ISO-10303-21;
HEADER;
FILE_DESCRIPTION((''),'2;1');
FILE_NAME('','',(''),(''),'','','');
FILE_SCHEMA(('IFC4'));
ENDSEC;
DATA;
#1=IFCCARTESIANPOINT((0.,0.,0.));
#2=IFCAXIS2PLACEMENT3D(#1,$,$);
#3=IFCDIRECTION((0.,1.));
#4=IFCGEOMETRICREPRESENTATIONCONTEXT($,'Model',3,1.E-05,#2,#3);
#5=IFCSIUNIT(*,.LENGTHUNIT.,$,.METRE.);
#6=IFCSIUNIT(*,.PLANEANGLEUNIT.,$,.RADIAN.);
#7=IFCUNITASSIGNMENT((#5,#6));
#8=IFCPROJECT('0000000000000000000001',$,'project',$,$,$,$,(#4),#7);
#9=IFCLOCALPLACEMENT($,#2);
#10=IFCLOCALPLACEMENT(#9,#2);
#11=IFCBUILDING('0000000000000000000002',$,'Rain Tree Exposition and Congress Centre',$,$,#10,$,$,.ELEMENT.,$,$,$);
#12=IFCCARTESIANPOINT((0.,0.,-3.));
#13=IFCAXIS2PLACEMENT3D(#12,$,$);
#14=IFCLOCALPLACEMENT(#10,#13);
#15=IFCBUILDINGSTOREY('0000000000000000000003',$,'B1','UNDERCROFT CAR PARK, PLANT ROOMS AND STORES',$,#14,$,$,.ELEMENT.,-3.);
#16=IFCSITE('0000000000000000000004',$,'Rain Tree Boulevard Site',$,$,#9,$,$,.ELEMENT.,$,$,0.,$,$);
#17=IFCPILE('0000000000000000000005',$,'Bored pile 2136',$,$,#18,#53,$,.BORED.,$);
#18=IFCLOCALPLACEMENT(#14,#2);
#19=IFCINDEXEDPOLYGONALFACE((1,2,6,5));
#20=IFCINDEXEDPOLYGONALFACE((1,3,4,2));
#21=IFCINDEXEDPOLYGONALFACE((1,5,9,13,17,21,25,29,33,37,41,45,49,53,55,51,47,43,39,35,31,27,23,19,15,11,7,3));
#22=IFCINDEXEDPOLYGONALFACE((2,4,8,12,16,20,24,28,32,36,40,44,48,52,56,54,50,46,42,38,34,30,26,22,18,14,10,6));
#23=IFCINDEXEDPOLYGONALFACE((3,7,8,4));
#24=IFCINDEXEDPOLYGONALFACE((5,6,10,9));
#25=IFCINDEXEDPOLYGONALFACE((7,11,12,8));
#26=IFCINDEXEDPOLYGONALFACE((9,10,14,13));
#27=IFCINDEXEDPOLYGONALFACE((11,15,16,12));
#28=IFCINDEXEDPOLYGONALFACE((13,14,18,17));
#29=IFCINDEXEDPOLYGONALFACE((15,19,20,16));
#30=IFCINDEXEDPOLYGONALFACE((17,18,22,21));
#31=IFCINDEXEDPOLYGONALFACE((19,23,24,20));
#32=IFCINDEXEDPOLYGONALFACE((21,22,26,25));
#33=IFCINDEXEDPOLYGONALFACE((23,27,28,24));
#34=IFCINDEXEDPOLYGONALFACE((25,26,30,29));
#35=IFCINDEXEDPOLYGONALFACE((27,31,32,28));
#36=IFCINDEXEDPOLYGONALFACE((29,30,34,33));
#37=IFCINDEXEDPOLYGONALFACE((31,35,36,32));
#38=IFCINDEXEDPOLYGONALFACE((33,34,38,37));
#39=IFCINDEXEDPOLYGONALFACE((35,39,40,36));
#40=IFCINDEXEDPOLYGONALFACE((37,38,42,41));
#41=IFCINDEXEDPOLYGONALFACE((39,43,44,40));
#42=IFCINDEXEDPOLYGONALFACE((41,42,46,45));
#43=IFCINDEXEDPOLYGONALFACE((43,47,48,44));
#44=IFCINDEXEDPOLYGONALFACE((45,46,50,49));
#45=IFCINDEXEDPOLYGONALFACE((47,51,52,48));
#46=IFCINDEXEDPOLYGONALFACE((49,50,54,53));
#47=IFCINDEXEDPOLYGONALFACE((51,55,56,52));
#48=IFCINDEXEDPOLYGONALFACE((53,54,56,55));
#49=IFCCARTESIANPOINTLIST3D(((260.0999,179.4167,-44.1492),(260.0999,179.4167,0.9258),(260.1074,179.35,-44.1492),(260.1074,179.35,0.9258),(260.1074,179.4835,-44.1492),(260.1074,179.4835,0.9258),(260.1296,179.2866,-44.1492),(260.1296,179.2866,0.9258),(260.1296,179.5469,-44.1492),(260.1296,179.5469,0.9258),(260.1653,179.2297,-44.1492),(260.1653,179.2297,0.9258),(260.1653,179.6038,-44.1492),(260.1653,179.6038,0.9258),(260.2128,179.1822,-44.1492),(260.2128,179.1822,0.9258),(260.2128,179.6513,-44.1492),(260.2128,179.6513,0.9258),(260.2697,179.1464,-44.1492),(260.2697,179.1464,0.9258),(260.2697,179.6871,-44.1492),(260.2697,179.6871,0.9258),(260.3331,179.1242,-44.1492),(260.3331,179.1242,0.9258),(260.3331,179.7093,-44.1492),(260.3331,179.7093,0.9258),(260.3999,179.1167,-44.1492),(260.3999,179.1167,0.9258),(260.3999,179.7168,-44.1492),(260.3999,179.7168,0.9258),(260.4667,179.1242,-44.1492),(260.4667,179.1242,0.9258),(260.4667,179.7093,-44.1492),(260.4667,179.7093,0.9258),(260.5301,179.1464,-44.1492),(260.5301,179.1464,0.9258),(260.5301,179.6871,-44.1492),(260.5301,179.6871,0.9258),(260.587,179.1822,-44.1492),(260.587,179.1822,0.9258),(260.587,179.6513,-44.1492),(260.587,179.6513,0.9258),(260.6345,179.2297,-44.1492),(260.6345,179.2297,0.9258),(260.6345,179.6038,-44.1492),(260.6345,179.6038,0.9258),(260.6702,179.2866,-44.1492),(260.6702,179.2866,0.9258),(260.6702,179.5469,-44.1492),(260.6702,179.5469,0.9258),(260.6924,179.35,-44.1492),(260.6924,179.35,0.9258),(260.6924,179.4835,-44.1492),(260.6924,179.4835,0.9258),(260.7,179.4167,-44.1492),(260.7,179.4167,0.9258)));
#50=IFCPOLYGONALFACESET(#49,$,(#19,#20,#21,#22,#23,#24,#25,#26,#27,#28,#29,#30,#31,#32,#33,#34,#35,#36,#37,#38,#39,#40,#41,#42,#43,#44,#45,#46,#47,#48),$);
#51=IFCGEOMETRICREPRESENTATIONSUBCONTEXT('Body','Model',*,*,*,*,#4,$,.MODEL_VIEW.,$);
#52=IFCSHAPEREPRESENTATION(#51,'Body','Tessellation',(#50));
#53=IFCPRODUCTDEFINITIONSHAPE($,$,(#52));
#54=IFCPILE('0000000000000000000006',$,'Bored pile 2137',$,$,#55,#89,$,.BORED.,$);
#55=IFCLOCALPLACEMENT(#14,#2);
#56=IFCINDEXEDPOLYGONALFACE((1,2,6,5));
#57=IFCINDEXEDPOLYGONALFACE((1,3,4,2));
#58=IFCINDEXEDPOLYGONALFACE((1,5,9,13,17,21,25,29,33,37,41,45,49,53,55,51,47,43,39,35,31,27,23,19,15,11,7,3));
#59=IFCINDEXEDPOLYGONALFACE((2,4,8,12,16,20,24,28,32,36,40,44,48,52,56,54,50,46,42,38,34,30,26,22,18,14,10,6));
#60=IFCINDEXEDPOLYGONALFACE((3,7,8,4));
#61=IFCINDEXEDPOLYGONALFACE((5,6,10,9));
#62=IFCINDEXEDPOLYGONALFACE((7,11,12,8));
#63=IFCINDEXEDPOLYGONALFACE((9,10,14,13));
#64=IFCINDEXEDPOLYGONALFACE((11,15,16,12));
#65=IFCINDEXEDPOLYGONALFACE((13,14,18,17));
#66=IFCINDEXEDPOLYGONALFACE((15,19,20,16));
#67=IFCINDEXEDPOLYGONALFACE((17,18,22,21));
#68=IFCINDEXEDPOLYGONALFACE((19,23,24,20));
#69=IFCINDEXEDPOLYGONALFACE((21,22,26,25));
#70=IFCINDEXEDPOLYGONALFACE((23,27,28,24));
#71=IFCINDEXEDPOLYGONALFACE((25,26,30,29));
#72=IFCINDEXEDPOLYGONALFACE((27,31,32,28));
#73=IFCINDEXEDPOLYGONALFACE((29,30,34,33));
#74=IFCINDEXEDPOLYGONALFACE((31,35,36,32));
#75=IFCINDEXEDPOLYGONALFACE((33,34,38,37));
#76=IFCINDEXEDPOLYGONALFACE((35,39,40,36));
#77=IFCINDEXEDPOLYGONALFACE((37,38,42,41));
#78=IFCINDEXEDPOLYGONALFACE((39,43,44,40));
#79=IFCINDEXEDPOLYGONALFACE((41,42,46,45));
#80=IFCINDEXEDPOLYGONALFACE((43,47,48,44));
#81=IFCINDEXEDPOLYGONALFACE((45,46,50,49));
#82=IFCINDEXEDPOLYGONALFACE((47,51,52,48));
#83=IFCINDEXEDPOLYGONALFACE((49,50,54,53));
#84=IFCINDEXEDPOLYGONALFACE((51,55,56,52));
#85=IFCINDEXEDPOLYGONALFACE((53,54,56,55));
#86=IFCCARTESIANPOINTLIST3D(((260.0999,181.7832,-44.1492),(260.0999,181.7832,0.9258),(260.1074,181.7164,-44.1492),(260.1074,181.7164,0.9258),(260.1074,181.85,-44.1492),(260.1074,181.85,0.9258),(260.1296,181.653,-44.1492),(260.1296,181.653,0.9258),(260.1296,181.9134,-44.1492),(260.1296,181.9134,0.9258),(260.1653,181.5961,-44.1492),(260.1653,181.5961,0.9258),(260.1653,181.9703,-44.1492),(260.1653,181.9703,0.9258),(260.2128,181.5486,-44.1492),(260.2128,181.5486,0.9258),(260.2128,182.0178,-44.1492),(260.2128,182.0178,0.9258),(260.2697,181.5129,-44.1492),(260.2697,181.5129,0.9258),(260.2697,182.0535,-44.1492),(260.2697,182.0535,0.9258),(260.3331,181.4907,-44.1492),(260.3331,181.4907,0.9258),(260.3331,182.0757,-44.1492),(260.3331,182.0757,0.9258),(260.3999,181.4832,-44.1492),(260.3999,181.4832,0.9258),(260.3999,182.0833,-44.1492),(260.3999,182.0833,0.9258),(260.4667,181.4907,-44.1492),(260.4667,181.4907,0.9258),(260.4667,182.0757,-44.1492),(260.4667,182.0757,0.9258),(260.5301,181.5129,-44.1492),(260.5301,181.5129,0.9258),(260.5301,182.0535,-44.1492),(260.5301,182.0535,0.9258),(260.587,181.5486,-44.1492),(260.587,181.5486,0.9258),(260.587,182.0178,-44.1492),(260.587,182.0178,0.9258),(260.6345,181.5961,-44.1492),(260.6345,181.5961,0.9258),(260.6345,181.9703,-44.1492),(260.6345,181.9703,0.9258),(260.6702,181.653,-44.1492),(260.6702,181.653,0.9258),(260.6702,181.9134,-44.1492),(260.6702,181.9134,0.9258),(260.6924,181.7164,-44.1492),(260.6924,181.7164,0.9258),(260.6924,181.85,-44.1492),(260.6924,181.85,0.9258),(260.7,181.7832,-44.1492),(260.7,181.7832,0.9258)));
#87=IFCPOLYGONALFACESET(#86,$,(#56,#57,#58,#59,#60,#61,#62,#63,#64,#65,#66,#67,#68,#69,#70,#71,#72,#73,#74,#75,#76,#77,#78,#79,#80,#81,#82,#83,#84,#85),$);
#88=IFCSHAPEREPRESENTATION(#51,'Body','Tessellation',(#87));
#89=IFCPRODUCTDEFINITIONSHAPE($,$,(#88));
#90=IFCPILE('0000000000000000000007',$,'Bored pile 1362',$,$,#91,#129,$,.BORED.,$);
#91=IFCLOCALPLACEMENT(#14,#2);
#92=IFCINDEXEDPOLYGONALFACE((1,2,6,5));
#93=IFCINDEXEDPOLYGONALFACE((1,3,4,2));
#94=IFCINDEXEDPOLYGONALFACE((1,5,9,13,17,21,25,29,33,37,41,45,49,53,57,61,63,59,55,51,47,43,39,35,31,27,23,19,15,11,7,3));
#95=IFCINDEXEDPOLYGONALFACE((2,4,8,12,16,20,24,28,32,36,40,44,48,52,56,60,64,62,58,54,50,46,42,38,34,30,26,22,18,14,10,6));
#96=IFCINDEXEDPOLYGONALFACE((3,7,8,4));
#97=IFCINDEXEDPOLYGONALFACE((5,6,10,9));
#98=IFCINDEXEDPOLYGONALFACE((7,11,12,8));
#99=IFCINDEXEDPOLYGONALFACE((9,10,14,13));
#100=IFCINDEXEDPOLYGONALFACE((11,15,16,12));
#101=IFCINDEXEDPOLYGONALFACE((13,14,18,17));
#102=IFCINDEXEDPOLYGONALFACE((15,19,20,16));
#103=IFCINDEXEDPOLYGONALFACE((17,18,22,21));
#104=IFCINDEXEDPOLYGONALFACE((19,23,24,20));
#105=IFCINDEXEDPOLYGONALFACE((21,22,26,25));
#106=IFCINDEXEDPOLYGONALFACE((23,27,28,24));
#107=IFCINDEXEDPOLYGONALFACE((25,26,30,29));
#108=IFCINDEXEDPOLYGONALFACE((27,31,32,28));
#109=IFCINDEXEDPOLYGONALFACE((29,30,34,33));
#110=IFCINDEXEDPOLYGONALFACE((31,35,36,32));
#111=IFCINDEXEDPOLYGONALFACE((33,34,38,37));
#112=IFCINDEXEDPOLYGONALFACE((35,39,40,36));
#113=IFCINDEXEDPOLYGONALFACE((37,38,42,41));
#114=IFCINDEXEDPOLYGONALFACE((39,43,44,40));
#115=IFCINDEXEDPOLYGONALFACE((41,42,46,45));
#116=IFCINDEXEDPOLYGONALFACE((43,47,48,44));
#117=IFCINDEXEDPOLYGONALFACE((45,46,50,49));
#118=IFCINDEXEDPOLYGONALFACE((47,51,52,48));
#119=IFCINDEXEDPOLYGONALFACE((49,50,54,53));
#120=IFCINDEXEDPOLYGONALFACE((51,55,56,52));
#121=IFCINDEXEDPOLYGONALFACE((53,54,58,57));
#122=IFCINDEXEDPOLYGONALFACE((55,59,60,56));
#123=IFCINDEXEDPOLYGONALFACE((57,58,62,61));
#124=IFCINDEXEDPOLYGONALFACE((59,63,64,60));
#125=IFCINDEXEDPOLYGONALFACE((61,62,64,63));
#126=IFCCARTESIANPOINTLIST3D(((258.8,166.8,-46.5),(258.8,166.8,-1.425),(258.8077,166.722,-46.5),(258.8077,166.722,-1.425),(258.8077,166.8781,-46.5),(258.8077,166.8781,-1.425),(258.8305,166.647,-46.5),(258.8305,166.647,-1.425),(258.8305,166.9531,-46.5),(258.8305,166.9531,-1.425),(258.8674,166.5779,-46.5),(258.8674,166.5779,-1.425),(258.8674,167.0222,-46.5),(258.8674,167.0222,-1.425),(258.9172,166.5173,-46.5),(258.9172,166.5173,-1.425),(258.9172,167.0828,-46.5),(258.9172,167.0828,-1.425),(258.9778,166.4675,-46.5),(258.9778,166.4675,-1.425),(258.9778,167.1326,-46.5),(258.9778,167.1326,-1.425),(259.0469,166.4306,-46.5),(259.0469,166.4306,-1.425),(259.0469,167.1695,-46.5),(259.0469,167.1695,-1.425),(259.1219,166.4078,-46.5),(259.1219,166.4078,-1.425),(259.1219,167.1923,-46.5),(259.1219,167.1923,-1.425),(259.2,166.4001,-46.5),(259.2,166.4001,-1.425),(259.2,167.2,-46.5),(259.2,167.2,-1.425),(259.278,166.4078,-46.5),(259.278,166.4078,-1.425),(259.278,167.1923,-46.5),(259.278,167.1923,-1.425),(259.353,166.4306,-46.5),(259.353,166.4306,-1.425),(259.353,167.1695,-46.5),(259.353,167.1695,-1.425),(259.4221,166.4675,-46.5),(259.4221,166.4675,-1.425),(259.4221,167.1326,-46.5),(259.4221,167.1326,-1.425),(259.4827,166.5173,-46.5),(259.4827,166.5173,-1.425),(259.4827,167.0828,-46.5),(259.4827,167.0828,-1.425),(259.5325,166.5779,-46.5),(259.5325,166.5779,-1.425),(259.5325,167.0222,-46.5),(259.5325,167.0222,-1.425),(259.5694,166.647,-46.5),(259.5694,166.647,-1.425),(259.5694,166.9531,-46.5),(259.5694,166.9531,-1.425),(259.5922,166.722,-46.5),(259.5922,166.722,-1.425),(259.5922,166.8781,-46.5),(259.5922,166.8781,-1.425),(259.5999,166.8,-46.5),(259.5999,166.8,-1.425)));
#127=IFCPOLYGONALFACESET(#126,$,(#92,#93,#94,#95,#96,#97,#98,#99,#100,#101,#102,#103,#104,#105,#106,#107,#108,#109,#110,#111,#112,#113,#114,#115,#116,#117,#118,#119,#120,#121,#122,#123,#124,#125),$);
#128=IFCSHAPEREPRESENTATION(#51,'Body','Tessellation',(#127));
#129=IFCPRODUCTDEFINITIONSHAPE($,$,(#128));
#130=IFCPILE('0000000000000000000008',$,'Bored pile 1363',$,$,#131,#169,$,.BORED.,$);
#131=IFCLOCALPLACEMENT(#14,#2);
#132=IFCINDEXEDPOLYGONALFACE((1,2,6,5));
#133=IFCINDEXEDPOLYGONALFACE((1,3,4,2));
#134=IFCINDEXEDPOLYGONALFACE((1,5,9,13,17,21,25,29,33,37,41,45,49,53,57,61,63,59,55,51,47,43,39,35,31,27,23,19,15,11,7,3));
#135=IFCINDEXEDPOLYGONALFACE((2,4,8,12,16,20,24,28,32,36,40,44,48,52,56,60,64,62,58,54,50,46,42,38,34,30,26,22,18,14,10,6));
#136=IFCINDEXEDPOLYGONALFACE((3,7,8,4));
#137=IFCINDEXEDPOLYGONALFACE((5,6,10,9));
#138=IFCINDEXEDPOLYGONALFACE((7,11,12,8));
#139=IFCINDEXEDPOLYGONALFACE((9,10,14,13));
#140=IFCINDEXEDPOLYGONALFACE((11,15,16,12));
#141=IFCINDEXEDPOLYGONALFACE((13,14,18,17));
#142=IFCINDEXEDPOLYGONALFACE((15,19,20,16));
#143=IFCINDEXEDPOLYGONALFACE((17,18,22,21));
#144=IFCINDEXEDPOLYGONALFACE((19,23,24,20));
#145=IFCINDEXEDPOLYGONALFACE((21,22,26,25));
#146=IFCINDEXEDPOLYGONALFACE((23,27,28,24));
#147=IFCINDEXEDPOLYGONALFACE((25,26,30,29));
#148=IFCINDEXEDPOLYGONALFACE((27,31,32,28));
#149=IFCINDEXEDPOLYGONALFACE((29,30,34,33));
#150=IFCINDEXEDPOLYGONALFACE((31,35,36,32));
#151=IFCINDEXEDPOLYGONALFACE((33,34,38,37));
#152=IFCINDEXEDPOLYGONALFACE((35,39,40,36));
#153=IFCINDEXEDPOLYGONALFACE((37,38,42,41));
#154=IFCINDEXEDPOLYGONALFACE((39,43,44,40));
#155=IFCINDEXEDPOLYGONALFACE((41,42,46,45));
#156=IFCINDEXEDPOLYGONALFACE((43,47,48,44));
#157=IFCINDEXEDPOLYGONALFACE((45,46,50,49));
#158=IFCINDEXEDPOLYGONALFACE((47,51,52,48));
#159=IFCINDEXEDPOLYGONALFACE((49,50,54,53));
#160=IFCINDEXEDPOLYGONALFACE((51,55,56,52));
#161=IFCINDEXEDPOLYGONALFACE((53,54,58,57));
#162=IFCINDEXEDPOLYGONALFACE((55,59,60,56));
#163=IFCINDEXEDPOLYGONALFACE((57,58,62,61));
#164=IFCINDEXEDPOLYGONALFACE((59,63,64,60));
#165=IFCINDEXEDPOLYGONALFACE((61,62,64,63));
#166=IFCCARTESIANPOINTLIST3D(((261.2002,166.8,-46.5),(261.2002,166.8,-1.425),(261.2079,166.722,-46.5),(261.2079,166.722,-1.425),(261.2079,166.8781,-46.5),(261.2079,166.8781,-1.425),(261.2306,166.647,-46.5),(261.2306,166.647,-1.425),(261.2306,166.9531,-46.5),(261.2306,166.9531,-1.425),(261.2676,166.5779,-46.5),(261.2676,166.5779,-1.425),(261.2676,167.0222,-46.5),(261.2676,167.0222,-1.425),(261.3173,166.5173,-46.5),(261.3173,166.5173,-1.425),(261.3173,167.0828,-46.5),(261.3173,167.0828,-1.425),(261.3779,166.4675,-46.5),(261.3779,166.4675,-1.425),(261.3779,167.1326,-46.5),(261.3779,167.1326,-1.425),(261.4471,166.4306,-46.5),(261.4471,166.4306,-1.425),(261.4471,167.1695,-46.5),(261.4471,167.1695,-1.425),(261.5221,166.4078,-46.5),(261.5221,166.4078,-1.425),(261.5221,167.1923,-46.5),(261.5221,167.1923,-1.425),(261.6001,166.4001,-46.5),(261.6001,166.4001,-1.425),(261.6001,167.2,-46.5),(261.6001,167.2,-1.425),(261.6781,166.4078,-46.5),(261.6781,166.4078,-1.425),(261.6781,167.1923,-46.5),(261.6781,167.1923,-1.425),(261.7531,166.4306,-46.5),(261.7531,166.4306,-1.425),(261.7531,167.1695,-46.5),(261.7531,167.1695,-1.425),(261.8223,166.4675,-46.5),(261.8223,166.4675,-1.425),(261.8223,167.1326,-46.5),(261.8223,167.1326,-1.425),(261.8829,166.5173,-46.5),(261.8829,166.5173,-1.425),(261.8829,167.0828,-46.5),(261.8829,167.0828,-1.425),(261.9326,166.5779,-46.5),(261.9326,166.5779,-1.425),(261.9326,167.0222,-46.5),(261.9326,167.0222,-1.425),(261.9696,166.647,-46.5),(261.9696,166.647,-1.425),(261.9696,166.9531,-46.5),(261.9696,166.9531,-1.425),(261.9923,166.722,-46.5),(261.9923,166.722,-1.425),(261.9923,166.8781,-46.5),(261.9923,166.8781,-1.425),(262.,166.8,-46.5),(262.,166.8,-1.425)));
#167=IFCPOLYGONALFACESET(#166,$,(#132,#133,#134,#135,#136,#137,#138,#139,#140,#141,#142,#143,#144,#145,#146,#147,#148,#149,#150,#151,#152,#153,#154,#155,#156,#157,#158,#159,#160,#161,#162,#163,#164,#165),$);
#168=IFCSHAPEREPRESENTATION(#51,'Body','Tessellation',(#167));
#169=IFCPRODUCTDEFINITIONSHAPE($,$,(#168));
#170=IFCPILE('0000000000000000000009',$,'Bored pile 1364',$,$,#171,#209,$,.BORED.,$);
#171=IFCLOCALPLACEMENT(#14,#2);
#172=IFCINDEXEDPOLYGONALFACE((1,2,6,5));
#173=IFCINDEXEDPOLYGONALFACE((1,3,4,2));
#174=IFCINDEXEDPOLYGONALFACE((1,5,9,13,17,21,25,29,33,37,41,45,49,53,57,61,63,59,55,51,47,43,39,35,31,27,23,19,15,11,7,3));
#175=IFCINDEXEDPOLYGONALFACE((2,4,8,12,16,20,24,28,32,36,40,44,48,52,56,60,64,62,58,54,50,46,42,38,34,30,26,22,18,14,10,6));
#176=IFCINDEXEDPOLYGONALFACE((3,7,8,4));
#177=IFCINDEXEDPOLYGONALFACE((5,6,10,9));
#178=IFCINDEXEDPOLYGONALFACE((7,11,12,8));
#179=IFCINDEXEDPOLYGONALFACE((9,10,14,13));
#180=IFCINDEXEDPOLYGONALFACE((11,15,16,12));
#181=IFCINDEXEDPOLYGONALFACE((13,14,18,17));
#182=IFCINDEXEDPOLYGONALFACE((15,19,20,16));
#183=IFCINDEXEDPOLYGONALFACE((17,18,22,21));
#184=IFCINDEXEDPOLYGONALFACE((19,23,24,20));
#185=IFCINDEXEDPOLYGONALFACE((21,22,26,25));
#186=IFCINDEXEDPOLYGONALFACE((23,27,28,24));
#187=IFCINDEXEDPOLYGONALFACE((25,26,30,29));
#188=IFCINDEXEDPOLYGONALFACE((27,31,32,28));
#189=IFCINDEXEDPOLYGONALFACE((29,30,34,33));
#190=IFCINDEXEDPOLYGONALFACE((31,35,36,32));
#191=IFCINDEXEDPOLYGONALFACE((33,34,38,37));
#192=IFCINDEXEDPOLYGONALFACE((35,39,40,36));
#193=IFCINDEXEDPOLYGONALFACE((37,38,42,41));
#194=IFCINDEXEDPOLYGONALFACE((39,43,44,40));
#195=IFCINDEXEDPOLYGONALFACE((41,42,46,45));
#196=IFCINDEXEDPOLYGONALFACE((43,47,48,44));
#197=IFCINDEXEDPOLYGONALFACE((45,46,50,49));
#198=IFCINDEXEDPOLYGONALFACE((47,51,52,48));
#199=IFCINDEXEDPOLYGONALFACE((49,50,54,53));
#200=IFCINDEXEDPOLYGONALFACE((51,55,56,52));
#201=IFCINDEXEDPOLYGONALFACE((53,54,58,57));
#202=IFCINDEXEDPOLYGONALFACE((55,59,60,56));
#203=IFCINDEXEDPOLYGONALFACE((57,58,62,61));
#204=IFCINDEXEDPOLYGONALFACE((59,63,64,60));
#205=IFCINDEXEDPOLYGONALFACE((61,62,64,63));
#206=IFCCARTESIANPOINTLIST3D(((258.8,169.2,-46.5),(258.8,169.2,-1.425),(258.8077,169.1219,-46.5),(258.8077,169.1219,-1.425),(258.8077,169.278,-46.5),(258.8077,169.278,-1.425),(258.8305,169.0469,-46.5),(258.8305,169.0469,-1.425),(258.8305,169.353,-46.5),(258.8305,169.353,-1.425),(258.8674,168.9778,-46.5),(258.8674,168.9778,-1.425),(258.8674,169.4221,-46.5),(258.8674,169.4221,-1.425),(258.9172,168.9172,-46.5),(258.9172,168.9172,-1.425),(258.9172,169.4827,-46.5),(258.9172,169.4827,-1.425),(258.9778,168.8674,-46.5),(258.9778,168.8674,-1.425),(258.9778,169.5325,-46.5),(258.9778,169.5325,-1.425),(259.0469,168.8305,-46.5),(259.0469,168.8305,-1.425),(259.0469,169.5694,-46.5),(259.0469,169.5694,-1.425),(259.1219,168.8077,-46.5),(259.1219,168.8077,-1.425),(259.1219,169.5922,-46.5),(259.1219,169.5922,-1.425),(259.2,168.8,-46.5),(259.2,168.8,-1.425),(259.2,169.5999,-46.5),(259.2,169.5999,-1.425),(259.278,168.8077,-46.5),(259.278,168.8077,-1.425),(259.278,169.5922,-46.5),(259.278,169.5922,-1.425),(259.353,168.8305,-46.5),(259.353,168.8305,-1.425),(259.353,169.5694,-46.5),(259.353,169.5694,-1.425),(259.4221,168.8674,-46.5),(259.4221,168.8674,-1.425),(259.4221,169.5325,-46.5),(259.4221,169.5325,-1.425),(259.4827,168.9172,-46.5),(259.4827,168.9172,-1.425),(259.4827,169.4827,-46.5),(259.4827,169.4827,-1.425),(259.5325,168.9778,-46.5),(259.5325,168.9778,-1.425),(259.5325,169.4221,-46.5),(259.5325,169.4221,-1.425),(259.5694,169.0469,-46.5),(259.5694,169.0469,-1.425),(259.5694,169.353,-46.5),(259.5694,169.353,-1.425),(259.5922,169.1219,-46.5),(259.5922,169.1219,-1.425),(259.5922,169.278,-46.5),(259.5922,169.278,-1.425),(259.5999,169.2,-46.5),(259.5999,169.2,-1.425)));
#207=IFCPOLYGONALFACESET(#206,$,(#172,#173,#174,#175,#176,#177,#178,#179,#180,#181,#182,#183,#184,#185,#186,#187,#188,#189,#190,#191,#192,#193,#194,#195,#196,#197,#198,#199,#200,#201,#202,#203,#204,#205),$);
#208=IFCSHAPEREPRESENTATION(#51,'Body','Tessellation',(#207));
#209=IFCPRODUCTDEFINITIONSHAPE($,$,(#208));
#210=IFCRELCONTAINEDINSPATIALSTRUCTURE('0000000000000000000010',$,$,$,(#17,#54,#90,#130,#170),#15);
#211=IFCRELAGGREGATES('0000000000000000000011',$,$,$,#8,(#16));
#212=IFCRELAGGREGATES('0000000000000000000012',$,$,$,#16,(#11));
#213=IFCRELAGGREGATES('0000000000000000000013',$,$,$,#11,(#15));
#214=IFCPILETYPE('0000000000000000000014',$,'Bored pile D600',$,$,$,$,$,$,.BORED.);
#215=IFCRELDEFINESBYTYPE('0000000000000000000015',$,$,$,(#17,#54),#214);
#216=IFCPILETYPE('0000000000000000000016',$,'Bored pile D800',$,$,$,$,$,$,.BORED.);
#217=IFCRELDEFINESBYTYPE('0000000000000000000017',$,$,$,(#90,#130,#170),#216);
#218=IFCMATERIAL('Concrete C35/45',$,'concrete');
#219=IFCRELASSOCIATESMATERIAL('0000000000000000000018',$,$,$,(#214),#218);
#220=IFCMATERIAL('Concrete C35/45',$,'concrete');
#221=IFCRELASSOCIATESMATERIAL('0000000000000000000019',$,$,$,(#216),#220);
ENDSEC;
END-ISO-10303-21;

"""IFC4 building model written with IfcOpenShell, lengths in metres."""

from ifc_helpers import new_model, si_unit, direction, frame, origin, origin_2d, place, context, subcontext, project, spatial, circle, extrude, material, material_profile, profile_set, type_object, element, save


model = new_model("IFC4")

# Units and contexts
model_context = context("Model", 3, precision=1e-05, world=origin(), true_north=direction((0.0, 1.0)))
body_context = subcontext(model_context, "Body", "Model", "MODEL_VIEW")
ifc_project = project(units=[si_unit("LENGTHUNIT", "METRE"), si_unit("PLANEANGLEUNIT", "RADIAN")], contexts=[model_context])

# Site, building, storey
site_placement = place(None, origin())
site = spatial("IfcSite", under=ifc_project, at=site_placement, Name="Rain Tree Boulevard Site", CompositionType="ELEMENT", RefElevation=0.0)
building_placement = place(site_placement, origin())
building = spatial("IfcBuilding", under=site, at=building_placement, Name="Rain Tree Exposition and Congress Centre", CompositionType="ELEMENT")
storey_placement = place(building_placement, frame((0.0, 0.0, -3.0)))
storey = spatial("IfcBuildingStorey", under=building, at=storey_placement, Name="B1", Description="UNDERCROFT CAR PARK, PLANT ROOMS AND STORES", CompositionType="ELEMENT", Elevation=-3.0)

# Piles
ifc_material_1 = material(Name="Concrete C35/45", Category="concrete")
ifc_material_profile_1 = material_profile(ifc_material_1, circle(Radius=0.3, at=origin_2d()), Name="D600")
ifc_profile_set_1 = profile_set([ifc_material_profile_1], Name="Concrete C35/45")
pile_type_1 = type_object("IfcPileType", Name="Bored pile D600", PredefinedType="BORED", material=ifc_profile_set_1)
for number, where, z_axis, x_axis, name in (
    (1, (260.3999, 179.4167, 0.9258), (0.0, 0.0, -1.0), (1.0, 0.0, 0.0), "Bored pile 2136"),
    (2, (260.3999, 181.7832, 0.9258), (0.0, 0.0, -1.0), (1.0, 0.0, 0.0), "Bored pile 2137"),
):
    element("IfcPile", number, at=place(storey_placement, frame(where, z_axis=z_axis, x_axis=x_axis)), inside=storey, type_object=pile_type_1, Name=name, PredefinedType="BORED", context=body_context, shape_type="SweptSolid", body=[
        extrude(circle(Radius=0.3, at=origin_2d()), origin(), (0.0, 0.0, 1.0), 45.075),
    ])
ifc_material_2 = material(Name="Concrete C35/45", Category="concrete")
ifc_material_profile_2 = material_profile(ifc_material_2, circle(Radius=0.3999, at=origin_2d()), Name="D800")
ifc_profile_set_2 = profile_set([ifc_material_profile_2], Name="Concrete C35/45")
pile_type_2 = type_object("IfcPileType", Name="Bored pile D800", PredefinedType="BORED", material=ifc_profile_set_2)
for number, where, z_axis, x_axis, name in (
    (3, (259.2, 166.8, -1.425), (0.0, 0.0, -1.0), (1.0, 0.0, 0.0), "Bored pile 1362"),
    (4, (261.6001, 166.8, -1.425), (0.0, 0.0, -1.0), (1.0, 0.0, 0.0), "Bored pile 1363"),
    (5, (259.2, 169.2, -1.425), (0.0, 0.0, -1.0), (1.0, 0.0, 0.0), "Bored pile 1364"),
):
    element("IfcPile", number, at=place(storey_placement, frame(where, z_axis=z_axis, x_axis=x_axis)), inside=storey, type_object=pile_type_2, Name=name, PredefinedType="BORED", context=body_context, shape_type="SweptSolid", body=[
        extrude(circle(Radius=0.3999, at=origin_2d()), origin(), (0.0, 0.0, 1.0), 45.075),
    ])

save(model, "model.ifc")
